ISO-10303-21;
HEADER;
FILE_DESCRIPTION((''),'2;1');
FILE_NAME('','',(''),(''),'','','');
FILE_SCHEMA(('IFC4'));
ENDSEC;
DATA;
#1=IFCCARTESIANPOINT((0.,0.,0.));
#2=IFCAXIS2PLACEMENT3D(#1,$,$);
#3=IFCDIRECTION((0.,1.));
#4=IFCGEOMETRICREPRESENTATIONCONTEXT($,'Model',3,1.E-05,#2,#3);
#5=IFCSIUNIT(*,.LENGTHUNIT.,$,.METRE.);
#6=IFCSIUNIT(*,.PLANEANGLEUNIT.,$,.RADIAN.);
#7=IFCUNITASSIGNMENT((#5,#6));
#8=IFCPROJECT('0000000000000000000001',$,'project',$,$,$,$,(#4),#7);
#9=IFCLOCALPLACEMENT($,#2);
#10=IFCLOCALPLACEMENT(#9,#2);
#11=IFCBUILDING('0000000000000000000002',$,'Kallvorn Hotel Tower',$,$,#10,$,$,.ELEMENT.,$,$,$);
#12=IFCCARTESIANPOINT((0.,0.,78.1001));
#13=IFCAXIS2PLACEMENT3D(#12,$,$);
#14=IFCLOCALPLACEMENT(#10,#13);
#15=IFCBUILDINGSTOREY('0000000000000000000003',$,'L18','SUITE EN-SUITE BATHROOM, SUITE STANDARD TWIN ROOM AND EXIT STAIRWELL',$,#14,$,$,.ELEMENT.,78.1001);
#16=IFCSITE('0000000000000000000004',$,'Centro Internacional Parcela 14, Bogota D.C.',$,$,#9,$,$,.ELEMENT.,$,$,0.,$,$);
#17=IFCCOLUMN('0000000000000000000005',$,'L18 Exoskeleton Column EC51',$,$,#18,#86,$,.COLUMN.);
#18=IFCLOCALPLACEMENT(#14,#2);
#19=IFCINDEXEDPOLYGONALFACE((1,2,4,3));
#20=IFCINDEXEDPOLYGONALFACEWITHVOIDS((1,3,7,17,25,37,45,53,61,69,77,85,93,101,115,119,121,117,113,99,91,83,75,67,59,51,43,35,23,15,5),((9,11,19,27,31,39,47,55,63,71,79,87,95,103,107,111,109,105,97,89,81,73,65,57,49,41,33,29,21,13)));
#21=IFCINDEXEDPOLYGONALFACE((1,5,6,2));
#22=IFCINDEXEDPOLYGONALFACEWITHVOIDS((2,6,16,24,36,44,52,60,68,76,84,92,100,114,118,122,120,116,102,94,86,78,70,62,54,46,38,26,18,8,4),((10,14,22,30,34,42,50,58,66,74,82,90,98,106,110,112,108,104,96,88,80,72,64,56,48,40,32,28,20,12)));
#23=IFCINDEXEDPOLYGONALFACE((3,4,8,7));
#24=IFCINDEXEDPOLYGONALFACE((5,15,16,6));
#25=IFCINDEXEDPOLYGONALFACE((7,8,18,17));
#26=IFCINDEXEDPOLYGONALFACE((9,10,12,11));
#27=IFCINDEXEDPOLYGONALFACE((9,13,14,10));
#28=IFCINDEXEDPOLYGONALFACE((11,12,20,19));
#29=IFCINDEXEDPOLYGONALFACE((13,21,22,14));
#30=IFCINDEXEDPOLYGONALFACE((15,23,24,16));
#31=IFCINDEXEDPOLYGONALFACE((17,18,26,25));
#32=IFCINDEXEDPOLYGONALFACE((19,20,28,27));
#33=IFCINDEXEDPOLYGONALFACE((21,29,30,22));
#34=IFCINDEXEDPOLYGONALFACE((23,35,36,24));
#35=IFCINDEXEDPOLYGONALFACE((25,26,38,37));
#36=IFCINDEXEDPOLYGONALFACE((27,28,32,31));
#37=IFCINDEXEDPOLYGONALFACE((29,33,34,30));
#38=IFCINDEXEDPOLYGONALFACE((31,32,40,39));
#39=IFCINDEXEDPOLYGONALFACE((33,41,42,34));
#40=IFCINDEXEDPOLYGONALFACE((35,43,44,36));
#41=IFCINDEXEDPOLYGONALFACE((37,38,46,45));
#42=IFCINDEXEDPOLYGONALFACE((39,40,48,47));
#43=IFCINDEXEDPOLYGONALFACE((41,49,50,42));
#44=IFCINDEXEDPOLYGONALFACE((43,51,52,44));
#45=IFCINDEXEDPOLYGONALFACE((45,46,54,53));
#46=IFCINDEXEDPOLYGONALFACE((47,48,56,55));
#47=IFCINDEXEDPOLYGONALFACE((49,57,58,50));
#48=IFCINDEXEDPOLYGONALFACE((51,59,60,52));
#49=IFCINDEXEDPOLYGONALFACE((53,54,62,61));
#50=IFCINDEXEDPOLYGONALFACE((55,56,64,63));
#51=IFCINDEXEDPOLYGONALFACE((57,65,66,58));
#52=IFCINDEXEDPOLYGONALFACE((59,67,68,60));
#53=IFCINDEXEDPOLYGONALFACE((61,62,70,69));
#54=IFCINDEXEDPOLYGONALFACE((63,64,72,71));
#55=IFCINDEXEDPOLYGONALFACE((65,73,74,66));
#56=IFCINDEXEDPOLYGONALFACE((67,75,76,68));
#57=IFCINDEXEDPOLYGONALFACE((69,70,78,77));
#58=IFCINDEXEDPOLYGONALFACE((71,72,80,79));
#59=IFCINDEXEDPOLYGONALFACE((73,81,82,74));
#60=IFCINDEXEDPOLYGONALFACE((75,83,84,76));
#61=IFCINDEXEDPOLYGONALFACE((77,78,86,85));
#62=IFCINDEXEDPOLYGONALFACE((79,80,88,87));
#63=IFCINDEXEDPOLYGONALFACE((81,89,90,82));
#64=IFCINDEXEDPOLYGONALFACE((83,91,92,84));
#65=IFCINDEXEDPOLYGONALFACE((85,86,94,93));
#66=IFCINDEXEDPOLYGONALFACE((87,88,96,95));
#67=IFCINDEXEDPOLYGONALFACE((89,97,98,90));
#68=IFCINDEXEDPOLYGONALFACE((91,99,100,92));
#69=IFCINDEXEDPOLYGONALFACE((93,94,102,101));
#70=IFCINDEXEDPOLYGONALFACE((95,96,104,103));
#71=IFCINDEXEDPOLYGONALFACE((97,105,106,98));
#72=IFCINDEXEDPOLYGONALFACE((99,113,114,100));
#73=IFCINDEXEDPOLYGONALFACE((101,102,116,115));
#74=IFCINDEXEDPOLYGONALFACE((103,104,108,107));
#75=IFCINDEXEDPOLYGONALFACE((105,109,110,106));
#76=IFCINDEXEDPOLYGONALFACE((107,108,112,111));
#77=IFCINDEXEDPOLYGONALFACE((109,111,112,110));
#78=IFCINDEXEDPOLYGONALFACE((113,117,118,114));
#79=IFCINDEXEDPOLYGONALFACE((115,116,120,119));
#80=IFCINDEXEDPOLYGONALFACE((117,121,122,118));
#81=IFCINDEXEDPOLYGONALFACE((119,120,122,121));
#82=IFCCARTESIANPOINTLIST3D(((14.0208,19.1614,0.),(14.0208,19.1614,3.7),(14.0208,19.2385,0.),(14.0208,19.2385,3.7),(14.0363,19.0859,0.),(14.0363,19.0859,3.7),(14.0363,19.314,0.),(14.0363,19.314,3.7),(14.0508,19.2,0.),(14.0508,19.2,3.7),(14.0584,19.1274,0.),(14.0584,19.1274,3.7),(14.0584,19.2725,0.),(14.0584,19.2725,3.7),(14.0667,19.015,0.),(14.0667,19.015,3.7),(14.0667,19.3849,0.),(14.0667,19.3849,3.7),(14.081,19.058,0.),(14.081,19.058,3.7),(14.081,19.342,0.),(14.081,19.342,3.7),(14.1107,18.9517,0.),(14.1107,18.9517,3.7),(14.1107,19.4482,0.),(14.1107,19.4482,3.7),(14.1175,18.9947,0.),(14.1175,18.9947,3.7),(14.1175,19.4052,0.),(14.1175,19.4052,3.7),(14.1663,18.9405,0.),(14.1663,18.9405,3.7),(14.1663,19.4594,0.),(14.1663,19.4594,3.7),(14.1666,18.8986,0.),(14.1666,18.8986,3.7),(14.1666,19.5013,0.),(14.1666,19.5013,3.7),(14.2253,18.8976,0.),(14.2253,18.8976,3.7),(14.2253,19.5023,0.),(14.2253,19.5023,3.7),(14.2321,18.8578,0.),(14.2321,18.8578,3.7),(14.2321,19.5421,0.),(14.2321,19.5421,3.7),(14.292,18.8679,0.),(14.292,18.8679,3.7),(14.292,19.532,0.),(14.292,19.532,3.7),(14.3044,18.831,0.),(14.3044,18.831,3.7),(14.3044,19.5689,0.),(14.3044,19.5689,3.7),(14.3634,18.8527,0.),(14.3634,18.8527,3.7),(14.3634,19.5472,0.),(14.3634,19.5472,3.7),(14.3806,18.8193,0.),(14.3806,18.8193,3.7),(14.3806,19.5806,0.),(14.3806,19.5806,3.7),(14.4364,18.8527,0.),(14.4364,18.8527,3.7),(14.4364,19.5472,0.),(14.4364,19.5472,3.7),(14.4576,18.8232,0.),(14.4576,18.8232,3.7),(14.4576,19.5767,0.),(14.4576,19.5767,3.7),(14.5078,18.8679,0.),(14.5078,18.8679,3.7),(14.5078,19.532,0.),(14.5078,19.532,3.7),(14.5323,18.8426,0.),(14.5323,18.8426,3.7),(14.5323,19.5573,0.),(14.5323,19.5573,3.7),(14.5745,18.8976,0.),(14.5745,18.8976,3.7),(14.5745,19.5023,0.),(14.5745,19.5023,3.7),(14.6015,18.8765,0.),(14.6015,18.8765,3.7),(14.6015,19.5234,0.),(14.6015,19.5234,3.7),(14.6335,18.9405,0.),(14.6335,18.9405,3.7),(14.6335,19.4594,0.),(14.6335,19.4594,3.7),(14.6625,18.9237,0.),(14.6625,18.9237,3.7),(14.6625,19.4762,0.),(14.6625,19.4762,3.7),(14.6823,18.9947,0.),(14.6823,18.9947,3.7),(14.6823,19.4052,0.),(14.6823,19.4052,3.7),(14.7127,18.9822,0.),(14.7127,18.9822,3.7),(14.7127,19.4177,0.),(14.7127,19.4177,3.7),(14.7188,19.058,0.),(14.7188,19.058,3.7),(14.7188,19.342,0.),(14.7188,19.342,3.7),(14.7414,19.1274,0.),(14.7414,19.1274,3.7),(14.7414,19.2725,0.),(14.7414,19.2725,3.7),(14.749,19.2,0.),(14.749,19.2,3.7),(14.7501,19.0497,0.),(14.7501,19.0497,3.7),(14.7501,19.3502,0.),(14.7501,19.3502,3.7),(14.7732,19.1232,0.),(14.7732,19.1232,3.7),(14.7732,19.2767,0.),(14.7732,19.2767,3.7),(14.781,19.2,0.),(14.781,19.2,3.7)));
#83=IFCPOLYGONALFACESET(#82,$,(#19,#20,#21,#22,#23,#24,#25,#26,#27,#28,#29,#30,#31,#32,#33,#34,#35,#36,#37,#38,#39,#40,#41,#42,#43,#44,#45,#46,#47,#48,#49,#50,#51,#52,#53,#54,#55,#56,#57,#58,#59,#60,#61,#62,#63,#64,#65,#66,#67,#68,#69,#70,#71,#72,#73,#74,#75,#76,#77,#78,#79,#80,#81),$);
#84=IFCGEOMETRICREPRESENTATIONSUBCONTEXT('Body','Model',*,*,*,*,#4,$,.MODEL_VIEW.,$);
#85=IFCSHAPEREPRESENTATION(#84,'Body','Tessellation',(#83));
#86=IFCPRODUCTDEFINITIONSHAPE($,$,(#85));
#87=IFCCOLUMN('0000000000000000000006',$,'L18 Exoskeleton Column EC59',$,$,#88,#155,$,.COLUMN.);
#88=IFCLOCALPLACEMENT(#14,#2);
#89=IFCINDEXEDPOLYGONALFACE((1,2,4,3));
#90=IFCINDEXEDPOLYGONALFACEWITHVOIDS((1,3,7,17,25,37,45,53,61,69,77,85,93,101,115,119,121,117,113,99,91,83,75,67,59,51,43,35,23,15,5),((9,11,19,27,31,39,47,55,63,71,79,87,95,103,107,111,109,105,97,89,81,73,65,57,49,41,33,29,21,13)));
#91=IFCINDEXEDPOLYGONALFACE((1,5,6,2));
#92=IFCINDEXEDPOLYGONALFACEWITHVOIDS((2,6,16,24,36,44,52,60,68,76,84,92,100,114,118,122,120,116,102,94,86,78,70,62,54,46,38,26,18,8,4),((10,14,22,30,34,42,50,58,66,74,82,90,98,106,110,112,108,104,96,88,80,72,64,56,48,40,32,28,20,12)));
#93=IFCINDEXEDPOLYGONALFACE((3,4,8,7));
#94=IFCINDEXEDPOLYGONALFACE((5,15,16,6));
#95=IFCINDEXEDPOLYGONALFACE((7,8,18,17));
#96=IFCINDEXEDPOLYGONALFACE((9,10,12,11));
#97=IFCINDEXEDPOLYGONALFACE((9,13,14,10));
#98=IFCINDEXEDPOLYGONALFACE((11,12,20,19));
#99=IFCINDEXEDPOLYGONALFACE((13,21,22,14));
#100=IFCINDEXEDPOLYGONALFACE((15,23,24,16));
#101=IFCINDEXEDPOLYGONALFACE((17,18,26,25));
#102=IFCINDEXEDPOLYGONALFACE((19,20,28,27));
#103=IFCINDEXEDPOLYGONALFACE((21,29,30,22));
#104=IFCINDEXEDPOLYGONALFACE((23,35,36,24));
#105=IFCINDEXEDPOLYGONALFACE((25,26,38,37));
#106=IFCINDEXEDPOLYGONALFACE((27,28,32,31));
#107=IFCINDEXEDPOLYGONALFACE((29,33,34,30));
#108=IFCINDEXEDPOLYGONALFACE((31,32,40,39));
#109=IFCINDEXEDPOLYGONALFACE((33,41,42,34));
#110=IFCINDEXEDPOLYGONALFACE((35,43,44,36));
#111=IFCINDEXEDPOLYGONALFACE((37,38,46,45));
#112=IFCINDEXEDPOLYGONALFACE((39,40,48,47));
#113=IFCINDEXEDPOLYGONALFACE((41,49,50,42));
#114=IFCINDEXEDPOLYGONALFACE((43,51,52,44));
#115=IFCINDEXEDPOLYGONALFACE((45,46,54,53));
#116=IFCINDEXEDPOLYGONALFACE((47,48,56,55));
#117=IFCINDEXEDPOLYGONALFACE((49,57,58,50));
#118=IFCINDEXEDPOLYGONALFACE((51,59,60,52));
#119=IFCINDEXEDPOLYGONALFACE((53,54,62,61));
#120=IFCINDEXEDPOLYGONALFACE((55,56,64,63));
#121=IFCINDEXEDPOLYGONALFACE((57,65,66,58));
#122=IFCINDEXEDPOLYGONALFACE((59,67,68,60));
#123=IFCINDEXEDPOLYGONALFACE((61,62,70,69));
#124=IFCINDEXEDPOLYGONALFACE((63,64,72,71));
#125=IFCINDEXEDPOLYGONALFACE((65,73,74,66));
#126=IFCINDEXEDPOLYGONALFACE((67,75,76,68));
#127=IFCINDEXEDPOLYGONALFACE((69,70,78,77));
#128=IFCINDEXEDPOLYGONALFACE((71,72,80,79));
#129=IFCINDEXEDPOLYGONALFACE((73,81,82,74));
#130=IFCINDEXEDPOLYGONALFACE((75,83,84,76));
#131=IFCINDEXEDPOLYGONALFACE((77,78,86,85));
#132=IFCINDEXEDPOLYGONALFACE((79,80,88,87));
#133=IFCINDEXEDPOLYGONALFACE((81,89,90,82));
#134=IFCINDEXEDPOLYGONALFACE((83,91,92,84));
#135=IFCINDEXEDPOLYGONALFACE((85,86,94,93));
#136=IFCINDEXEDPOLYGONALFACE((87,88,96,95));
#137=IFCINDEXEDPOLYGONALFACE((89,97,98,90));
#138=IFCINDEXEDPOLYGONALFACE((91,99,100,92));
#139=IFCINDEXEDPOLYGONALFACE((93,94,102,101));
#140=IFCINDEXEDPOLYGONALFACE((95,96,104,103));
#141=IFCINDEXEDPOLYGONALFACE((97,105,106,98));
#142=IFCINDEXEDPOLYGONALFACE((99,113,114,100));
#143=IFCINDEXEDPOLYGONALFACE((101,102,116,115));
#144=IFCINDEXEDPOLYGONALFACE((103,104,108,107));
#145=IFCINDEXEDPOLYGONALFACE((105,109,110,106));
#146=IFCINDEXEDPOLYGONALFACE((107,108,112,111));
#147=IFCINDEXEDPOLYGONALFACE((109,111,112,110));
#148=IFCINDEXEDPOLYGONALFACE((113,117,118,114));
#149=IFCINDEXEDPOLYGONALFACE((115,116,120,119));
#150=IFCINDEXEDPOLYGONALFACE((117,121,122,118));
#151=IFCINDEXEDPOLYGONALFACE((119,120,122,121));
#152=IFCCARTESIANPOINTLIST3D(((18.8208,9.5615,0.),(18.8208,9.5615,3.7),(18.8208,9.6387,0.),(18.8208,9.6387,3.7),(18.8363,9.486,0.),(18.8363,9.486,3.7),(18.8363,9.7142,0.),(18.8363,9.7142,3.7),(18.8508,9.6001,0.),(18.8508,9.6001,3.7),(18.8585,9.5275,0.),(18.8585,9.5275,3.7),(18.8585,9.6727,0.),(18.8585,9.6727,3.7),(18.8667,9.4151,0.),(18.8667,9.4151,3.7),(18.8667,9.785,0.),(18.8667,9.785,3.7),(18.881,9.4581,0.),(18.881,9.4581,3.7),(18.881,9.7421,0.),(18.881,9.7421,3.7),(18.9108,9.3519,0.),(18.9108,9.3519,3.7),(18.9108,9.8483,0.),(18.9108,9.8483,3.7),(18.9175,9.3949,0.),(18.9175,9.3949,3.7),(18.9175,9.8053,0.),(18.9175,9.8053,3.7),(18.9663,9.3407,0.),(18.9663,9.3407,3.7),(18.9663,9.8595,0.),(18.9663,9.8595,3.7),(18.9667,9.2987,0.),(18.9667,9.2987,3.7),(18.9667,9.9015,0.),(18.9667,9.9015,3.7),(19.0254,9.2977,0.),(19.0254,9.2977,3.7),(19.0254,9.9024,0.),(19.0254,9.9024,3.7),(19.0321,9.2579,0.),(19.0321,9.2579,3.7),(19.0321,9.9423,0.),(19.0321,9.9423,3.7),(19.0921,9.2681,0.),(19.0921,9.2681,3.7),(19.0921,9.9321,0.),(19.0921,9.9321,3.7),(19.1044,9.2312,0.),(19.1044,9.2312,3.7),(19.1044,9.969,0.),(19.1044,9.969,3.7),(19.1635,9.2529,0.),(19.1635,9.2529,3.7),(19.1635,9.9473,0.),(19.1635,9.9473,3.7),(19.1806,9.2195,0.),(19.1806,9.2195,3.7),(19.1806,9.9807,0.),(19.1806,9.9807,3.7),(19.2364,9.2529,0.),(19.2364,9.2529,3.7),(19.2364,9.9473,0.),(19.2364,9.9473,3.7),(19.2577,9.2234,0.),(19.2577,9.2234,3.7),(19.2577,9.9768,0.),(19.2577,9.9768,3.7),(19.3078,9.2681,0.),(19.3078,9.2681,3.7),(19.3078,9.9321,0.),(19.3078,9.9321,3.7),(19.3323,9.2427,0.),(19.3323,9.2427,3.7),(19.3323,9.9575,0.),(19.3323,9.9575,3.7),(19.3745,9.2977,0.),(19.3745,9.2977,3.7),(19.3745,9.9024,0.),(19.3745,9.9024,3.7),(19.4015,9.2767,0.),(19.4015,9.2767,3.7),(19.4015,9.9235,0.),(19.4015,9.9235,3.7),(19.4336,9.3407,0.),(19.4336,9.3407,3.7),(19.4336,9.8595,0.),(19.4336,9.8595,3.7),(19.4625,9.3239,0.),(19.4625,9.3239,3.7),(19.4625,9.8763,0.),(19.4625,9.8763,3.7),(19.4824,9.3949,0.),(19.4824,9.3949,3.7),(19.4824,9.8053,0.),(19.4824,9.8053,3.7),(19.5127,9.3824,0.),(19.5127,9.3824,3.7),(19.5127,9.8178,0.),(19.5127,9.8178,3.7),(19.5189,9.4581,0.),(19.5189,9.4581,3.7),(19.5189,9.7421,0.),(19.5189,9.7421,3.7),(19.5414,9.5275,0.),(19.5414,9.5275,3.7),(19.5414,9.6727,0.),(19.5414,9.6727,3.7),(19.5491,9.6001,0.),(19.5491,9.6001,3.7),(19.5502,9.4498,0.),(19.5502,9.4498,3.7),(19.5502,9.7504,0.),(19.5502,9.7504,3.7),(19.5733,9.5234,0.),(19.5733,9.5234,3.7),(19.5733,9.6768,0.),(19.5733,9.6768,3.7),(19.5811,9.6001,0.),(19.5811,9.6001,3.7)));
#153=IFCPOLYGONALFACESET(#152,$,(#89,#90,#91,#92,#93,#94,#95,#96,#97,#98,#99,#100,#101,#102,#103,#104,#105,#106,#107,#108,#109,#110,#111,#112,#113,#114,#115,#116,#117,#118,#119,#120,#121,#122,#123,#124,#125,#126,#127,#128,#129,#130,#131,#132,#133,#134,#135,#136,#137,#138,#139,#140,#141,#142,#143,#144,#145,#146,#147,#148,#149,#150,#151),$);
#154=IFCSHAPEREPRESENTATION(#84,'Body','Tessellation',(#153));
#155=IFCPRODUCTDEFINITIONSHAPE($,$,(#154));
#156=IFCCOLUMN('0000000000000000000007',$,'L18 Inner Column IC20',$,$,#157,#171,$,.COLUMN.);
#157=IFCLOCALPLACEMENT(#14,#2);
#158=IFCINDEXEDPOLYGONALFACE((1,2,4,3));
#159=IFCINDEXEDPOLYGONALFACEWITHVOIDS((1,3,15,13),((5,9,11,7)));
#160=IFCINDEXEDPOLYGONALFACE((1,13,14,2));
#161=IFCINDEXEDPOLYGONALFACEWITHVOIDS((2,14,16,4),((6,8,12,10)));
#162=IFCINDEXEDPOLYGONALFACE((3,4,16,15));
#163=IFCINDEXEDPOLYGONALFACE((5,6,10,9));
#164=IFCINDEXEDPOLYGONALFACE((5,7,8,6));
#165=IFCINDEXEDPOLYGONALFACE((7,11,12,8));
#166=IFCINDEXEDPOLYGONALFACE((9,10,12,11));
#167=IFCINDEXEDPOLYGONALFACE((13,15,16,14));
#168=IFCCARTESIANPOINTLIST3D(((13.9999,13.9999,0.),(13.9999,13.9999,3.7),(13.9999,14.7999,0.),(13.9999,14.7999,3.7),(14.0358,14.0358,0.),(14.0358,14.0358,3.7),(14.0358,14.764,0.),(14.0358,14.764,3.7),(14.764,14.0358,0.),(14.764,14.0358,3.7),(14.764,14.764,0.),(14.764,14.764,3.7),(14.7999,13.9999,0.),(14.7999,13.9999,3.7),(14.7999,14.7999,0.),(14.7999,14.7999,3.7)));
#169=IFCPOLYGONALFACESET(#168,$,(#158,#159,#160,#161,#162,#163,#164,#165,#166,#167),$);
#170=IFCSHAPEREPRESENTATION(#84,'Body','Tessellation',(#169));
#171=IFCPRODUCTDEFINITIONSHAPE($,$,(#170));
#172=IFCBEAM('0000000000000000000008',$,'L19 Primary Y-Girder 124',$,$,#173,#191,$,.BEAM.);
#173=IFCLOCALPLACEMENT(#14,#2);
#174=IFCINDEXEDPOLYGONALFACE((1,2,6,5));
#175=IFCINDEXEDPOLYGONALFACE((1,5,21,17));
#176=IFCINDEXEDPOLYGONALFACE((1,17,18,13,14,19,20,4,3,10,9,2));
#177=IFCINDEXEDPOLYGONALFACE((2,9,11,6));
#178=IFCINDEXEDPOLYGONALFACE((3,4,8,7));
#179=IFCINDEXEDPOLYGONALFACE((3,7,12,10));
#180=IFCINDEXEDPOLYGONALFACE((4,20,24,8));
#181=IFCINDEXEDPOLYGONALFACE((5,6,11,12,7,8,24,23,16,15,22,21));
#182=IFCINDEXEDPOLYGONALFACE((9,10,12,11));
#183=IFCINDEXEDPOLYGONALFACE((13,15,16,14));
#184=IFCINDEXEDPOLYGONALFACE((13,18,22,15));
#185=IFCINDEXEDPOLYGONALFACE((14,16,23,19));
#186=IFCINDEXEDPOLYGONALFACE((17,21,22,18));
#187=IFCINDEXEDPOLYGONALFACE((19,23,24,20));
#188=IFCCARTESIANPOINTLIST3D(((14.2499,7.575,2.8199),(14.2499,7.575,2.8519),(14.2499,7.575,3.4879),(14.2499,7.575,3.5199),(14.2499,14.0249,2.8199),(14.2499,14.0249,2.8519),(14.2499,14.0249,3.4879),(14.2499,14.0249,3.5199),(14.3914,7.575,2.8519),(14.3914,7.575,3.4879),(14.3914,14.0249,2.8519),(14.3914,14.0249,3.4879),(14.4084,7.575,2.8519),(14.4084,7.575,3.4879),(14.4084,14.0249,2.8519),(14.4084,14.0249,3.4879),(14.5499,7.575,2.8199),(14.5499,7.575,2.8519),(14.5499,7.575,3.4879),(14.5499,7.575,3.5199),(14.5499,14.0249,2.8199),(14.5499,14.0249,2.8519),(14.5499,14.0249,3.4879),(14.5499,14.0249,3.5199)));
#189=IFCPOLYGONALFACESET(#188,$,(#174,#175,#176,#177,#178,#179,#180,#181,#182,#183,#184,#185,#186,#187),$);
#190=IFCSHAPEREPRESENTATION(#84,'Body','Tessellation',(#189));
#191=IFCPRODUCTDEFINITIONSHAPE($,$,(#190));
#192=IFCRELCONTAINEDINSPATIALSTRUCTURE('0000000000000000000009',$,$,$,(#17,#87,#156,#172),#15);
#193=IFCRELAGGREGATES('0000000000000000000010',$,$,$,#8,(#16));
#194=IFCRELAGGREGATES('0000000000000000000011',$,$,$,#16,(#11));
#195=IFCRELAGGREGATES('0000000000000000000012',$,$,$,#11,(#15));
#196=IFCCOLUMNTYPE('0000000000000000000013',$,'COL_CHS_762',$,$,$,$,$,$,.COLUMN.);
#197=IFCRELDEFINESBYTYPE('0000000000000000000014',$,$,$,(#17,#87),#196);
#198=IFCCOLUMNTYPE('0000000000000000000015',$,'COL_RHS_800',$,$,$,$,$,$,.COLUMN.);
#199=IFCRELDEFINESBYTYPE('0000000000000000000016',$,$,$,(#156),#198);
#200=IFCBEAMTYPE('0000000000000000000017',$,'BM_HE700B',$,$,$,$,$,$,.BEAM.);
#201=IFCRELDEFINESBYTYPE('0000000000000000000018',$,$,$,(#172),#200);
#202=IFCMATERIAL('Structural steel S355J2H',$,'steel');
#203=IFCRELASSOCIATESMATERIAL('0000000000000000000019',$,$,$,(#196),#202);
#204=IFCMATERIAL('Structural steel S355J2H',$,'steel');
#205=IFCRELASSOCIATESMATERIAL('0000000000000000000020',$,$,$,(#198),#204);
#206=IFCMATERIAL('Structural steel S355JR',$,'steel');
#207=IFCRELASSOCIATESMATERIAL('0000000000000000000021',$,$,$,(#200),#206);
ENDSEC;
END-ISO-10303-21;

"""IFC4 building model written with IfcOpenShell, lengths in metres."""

from ifc_helpers import new_model, si_unit, direction, frame, origin, origin_2d, place, context, subcontext, project, spatial, hollow_rectangle, hollow_circle, i_section, extrude, material, material_profile, profile_set, type_object, element, save


model = new_model("IFC4")

# Units and contexts
model_context = context("Model", 3, precision=1e-05, world=origin(), true_north=direction((0.0, 1.0)))
body_context = subcontext(model_context, "Body", "Model", "MODEL_VIEW")
ifc_project = project(units=[si_unit("LENGTHUNIT", "METRE"), si_unit("PLANEANGLEUNIT", "RADIAN")], contexts=[model_context])

# Site, building, storey
site_placement = place(None, origin())
site = spatial("IfcSite", under=ifc_project, at=site_placement, Name="Centro Internacional Parcela 14, Bogota D.C.", CompositionType="ELEMENT", RefElevation=0.0)
building_placement = place(site_placement, origin())
building = spatial("IfcBuilding", under=site, at=building_placement, Name="Kallvorn Hotel Tower", CompositionType="ELEMENT")
storey_placement = place(building_placement, frame((0.0, 0.0, 78.1001)))
storey = spatial("IfcBuildingStorey", under=building, at=storey_placement, Name="L18", Description="SUITE EN-SUITE BATHROOM, SUITE STANDARD TWIN ROOM AND EXIT STAIRWELL", CompositionType="ELEMENT", Elevation=78.1001)

# Columns
ifc_material_1 = material(Name="Structural steel S355J2H", Category="steel")
ifc_material_profile_1 = material_profile(ifc_material_1, hollow_circle(Radius=0.3811, WallThickness=0.032, at=origin_2d()), Name="CHS 762x32")
ifc_profile_set_1 = profile_set([ifc_material_profile_1], Name="Structural steel S355J2H")
column_type_1 = type_object("IfcColumnType", Name="COL_CHS_762", PredefinedType="COLUMN", material=ifc_profile_set_1)
for number, where, z_axis, x_axis, name in (
    (1, (14.3999, 19.2, 0.0), (0.0, 0.0, 1.0), (1.0, 0.0, 0.0), "L18 Exoskeleton Column EC51"),
    (2, (19.2, 9.6001, 0.0), (0.0, 0.0, 1.0), (1.0, 0.0, 0.0), "L18 Exoskeleton Column EC59"),
):
    element("IfcColumn", number, at=place(storey_placement, frame(where, z_axis=z_axis, x_axis=x_axis)), inside=storey, type_object=column_type_1, Name=name, PredefinedType="COLUMN", context=body_context, shape_type="SweptSolid", body=[
        extrude(hollow_circle(Radius=0.3811, WallThickness=0.032, at=origin_2d()), origin(), (0.0, 0.0, 1.0), 3.7),
    ])
ifc_material_2 = material(Name="Structural steel S355J2H", Category="steel")
ifc_material_profile_2 = material_profile(ifc_material_2, hollow_rectangle(XDim=0.8, YDim=0.8, WallThickness=0.0359, at=origin_2d()), Name="RHS 800x800x36")
ifc_profile_set_2 = profile_set([ifc_material_profile_2], Name="Structural steel S355J2H")
column_type_2 = type_object("IfcColumnType", Name="COL_RHS_800", PredefinedType="COLUMN", material=ifc_profile_set_2)
column_placement = place(storey_placement, frame((14.3999, 14.3999, 0.0), z_axis=(0.0, 0.0, 1.0), x_axis=(1.0, 0.0, 0.0)))
element("IfcColumn", 3, at=column_placement, inside=storey, type_object=column_type_2, Name="L18 Inner Column IC20", PredefinedType="COLUMN", context=body_context, shape_type="SweptSolid", body=[
    extrude(hollow_rectangle(XDim=0.8, YDim=0.8, WallThickness=0.0359, at=origin_2d()), origin(), (0.0, 0.0, 1.0), 3.7),
])

# Beam
ifc_material_3 = material(Name="Structural steel S355JR", Category="steel")
ifc_material_profile_3 = material_profile(ifc_material_3, i_section(OverallWidth=0.3, OverallDepth=0.7, WebThickness=0.0171, FlangeThickness=0.032, at=origin_2d()), Name="HE 700 B")
ifc_profile_set_3 = profile_set([ifc_material_profile_3], Name="Structural steel S355JR")
beam_type_1 = type_object("IfcBeamType", Name="BM_HE700B", PredefinedType="BEAM", material=ifc_profile_set_3)
beam_1_placement = place(storey_placement, frame((14.3999, 7.575, 3.1699), z_axis=(0.0, 1.0, 0.0), x_axis=(-1.0, 0.0, 0.0)))
element("IfcBeam", 4, at=beam_1_placement, inside=storey, type_object=beam_type_1, Name="L19 Primary Y-Girder 124", PredefinedType="BEAM", context=body_context, shape_type="SweptSolid", body=[
    extrude(i_section(OverallWidth=0.3, OverallDepth=0.7, WebThickness=0.0171, FlangeThickness=0.032, at=origin_2d()), origin(), (0.0, 0.0, 1.0), 6.45),
])

save(model, "model.ifc")
